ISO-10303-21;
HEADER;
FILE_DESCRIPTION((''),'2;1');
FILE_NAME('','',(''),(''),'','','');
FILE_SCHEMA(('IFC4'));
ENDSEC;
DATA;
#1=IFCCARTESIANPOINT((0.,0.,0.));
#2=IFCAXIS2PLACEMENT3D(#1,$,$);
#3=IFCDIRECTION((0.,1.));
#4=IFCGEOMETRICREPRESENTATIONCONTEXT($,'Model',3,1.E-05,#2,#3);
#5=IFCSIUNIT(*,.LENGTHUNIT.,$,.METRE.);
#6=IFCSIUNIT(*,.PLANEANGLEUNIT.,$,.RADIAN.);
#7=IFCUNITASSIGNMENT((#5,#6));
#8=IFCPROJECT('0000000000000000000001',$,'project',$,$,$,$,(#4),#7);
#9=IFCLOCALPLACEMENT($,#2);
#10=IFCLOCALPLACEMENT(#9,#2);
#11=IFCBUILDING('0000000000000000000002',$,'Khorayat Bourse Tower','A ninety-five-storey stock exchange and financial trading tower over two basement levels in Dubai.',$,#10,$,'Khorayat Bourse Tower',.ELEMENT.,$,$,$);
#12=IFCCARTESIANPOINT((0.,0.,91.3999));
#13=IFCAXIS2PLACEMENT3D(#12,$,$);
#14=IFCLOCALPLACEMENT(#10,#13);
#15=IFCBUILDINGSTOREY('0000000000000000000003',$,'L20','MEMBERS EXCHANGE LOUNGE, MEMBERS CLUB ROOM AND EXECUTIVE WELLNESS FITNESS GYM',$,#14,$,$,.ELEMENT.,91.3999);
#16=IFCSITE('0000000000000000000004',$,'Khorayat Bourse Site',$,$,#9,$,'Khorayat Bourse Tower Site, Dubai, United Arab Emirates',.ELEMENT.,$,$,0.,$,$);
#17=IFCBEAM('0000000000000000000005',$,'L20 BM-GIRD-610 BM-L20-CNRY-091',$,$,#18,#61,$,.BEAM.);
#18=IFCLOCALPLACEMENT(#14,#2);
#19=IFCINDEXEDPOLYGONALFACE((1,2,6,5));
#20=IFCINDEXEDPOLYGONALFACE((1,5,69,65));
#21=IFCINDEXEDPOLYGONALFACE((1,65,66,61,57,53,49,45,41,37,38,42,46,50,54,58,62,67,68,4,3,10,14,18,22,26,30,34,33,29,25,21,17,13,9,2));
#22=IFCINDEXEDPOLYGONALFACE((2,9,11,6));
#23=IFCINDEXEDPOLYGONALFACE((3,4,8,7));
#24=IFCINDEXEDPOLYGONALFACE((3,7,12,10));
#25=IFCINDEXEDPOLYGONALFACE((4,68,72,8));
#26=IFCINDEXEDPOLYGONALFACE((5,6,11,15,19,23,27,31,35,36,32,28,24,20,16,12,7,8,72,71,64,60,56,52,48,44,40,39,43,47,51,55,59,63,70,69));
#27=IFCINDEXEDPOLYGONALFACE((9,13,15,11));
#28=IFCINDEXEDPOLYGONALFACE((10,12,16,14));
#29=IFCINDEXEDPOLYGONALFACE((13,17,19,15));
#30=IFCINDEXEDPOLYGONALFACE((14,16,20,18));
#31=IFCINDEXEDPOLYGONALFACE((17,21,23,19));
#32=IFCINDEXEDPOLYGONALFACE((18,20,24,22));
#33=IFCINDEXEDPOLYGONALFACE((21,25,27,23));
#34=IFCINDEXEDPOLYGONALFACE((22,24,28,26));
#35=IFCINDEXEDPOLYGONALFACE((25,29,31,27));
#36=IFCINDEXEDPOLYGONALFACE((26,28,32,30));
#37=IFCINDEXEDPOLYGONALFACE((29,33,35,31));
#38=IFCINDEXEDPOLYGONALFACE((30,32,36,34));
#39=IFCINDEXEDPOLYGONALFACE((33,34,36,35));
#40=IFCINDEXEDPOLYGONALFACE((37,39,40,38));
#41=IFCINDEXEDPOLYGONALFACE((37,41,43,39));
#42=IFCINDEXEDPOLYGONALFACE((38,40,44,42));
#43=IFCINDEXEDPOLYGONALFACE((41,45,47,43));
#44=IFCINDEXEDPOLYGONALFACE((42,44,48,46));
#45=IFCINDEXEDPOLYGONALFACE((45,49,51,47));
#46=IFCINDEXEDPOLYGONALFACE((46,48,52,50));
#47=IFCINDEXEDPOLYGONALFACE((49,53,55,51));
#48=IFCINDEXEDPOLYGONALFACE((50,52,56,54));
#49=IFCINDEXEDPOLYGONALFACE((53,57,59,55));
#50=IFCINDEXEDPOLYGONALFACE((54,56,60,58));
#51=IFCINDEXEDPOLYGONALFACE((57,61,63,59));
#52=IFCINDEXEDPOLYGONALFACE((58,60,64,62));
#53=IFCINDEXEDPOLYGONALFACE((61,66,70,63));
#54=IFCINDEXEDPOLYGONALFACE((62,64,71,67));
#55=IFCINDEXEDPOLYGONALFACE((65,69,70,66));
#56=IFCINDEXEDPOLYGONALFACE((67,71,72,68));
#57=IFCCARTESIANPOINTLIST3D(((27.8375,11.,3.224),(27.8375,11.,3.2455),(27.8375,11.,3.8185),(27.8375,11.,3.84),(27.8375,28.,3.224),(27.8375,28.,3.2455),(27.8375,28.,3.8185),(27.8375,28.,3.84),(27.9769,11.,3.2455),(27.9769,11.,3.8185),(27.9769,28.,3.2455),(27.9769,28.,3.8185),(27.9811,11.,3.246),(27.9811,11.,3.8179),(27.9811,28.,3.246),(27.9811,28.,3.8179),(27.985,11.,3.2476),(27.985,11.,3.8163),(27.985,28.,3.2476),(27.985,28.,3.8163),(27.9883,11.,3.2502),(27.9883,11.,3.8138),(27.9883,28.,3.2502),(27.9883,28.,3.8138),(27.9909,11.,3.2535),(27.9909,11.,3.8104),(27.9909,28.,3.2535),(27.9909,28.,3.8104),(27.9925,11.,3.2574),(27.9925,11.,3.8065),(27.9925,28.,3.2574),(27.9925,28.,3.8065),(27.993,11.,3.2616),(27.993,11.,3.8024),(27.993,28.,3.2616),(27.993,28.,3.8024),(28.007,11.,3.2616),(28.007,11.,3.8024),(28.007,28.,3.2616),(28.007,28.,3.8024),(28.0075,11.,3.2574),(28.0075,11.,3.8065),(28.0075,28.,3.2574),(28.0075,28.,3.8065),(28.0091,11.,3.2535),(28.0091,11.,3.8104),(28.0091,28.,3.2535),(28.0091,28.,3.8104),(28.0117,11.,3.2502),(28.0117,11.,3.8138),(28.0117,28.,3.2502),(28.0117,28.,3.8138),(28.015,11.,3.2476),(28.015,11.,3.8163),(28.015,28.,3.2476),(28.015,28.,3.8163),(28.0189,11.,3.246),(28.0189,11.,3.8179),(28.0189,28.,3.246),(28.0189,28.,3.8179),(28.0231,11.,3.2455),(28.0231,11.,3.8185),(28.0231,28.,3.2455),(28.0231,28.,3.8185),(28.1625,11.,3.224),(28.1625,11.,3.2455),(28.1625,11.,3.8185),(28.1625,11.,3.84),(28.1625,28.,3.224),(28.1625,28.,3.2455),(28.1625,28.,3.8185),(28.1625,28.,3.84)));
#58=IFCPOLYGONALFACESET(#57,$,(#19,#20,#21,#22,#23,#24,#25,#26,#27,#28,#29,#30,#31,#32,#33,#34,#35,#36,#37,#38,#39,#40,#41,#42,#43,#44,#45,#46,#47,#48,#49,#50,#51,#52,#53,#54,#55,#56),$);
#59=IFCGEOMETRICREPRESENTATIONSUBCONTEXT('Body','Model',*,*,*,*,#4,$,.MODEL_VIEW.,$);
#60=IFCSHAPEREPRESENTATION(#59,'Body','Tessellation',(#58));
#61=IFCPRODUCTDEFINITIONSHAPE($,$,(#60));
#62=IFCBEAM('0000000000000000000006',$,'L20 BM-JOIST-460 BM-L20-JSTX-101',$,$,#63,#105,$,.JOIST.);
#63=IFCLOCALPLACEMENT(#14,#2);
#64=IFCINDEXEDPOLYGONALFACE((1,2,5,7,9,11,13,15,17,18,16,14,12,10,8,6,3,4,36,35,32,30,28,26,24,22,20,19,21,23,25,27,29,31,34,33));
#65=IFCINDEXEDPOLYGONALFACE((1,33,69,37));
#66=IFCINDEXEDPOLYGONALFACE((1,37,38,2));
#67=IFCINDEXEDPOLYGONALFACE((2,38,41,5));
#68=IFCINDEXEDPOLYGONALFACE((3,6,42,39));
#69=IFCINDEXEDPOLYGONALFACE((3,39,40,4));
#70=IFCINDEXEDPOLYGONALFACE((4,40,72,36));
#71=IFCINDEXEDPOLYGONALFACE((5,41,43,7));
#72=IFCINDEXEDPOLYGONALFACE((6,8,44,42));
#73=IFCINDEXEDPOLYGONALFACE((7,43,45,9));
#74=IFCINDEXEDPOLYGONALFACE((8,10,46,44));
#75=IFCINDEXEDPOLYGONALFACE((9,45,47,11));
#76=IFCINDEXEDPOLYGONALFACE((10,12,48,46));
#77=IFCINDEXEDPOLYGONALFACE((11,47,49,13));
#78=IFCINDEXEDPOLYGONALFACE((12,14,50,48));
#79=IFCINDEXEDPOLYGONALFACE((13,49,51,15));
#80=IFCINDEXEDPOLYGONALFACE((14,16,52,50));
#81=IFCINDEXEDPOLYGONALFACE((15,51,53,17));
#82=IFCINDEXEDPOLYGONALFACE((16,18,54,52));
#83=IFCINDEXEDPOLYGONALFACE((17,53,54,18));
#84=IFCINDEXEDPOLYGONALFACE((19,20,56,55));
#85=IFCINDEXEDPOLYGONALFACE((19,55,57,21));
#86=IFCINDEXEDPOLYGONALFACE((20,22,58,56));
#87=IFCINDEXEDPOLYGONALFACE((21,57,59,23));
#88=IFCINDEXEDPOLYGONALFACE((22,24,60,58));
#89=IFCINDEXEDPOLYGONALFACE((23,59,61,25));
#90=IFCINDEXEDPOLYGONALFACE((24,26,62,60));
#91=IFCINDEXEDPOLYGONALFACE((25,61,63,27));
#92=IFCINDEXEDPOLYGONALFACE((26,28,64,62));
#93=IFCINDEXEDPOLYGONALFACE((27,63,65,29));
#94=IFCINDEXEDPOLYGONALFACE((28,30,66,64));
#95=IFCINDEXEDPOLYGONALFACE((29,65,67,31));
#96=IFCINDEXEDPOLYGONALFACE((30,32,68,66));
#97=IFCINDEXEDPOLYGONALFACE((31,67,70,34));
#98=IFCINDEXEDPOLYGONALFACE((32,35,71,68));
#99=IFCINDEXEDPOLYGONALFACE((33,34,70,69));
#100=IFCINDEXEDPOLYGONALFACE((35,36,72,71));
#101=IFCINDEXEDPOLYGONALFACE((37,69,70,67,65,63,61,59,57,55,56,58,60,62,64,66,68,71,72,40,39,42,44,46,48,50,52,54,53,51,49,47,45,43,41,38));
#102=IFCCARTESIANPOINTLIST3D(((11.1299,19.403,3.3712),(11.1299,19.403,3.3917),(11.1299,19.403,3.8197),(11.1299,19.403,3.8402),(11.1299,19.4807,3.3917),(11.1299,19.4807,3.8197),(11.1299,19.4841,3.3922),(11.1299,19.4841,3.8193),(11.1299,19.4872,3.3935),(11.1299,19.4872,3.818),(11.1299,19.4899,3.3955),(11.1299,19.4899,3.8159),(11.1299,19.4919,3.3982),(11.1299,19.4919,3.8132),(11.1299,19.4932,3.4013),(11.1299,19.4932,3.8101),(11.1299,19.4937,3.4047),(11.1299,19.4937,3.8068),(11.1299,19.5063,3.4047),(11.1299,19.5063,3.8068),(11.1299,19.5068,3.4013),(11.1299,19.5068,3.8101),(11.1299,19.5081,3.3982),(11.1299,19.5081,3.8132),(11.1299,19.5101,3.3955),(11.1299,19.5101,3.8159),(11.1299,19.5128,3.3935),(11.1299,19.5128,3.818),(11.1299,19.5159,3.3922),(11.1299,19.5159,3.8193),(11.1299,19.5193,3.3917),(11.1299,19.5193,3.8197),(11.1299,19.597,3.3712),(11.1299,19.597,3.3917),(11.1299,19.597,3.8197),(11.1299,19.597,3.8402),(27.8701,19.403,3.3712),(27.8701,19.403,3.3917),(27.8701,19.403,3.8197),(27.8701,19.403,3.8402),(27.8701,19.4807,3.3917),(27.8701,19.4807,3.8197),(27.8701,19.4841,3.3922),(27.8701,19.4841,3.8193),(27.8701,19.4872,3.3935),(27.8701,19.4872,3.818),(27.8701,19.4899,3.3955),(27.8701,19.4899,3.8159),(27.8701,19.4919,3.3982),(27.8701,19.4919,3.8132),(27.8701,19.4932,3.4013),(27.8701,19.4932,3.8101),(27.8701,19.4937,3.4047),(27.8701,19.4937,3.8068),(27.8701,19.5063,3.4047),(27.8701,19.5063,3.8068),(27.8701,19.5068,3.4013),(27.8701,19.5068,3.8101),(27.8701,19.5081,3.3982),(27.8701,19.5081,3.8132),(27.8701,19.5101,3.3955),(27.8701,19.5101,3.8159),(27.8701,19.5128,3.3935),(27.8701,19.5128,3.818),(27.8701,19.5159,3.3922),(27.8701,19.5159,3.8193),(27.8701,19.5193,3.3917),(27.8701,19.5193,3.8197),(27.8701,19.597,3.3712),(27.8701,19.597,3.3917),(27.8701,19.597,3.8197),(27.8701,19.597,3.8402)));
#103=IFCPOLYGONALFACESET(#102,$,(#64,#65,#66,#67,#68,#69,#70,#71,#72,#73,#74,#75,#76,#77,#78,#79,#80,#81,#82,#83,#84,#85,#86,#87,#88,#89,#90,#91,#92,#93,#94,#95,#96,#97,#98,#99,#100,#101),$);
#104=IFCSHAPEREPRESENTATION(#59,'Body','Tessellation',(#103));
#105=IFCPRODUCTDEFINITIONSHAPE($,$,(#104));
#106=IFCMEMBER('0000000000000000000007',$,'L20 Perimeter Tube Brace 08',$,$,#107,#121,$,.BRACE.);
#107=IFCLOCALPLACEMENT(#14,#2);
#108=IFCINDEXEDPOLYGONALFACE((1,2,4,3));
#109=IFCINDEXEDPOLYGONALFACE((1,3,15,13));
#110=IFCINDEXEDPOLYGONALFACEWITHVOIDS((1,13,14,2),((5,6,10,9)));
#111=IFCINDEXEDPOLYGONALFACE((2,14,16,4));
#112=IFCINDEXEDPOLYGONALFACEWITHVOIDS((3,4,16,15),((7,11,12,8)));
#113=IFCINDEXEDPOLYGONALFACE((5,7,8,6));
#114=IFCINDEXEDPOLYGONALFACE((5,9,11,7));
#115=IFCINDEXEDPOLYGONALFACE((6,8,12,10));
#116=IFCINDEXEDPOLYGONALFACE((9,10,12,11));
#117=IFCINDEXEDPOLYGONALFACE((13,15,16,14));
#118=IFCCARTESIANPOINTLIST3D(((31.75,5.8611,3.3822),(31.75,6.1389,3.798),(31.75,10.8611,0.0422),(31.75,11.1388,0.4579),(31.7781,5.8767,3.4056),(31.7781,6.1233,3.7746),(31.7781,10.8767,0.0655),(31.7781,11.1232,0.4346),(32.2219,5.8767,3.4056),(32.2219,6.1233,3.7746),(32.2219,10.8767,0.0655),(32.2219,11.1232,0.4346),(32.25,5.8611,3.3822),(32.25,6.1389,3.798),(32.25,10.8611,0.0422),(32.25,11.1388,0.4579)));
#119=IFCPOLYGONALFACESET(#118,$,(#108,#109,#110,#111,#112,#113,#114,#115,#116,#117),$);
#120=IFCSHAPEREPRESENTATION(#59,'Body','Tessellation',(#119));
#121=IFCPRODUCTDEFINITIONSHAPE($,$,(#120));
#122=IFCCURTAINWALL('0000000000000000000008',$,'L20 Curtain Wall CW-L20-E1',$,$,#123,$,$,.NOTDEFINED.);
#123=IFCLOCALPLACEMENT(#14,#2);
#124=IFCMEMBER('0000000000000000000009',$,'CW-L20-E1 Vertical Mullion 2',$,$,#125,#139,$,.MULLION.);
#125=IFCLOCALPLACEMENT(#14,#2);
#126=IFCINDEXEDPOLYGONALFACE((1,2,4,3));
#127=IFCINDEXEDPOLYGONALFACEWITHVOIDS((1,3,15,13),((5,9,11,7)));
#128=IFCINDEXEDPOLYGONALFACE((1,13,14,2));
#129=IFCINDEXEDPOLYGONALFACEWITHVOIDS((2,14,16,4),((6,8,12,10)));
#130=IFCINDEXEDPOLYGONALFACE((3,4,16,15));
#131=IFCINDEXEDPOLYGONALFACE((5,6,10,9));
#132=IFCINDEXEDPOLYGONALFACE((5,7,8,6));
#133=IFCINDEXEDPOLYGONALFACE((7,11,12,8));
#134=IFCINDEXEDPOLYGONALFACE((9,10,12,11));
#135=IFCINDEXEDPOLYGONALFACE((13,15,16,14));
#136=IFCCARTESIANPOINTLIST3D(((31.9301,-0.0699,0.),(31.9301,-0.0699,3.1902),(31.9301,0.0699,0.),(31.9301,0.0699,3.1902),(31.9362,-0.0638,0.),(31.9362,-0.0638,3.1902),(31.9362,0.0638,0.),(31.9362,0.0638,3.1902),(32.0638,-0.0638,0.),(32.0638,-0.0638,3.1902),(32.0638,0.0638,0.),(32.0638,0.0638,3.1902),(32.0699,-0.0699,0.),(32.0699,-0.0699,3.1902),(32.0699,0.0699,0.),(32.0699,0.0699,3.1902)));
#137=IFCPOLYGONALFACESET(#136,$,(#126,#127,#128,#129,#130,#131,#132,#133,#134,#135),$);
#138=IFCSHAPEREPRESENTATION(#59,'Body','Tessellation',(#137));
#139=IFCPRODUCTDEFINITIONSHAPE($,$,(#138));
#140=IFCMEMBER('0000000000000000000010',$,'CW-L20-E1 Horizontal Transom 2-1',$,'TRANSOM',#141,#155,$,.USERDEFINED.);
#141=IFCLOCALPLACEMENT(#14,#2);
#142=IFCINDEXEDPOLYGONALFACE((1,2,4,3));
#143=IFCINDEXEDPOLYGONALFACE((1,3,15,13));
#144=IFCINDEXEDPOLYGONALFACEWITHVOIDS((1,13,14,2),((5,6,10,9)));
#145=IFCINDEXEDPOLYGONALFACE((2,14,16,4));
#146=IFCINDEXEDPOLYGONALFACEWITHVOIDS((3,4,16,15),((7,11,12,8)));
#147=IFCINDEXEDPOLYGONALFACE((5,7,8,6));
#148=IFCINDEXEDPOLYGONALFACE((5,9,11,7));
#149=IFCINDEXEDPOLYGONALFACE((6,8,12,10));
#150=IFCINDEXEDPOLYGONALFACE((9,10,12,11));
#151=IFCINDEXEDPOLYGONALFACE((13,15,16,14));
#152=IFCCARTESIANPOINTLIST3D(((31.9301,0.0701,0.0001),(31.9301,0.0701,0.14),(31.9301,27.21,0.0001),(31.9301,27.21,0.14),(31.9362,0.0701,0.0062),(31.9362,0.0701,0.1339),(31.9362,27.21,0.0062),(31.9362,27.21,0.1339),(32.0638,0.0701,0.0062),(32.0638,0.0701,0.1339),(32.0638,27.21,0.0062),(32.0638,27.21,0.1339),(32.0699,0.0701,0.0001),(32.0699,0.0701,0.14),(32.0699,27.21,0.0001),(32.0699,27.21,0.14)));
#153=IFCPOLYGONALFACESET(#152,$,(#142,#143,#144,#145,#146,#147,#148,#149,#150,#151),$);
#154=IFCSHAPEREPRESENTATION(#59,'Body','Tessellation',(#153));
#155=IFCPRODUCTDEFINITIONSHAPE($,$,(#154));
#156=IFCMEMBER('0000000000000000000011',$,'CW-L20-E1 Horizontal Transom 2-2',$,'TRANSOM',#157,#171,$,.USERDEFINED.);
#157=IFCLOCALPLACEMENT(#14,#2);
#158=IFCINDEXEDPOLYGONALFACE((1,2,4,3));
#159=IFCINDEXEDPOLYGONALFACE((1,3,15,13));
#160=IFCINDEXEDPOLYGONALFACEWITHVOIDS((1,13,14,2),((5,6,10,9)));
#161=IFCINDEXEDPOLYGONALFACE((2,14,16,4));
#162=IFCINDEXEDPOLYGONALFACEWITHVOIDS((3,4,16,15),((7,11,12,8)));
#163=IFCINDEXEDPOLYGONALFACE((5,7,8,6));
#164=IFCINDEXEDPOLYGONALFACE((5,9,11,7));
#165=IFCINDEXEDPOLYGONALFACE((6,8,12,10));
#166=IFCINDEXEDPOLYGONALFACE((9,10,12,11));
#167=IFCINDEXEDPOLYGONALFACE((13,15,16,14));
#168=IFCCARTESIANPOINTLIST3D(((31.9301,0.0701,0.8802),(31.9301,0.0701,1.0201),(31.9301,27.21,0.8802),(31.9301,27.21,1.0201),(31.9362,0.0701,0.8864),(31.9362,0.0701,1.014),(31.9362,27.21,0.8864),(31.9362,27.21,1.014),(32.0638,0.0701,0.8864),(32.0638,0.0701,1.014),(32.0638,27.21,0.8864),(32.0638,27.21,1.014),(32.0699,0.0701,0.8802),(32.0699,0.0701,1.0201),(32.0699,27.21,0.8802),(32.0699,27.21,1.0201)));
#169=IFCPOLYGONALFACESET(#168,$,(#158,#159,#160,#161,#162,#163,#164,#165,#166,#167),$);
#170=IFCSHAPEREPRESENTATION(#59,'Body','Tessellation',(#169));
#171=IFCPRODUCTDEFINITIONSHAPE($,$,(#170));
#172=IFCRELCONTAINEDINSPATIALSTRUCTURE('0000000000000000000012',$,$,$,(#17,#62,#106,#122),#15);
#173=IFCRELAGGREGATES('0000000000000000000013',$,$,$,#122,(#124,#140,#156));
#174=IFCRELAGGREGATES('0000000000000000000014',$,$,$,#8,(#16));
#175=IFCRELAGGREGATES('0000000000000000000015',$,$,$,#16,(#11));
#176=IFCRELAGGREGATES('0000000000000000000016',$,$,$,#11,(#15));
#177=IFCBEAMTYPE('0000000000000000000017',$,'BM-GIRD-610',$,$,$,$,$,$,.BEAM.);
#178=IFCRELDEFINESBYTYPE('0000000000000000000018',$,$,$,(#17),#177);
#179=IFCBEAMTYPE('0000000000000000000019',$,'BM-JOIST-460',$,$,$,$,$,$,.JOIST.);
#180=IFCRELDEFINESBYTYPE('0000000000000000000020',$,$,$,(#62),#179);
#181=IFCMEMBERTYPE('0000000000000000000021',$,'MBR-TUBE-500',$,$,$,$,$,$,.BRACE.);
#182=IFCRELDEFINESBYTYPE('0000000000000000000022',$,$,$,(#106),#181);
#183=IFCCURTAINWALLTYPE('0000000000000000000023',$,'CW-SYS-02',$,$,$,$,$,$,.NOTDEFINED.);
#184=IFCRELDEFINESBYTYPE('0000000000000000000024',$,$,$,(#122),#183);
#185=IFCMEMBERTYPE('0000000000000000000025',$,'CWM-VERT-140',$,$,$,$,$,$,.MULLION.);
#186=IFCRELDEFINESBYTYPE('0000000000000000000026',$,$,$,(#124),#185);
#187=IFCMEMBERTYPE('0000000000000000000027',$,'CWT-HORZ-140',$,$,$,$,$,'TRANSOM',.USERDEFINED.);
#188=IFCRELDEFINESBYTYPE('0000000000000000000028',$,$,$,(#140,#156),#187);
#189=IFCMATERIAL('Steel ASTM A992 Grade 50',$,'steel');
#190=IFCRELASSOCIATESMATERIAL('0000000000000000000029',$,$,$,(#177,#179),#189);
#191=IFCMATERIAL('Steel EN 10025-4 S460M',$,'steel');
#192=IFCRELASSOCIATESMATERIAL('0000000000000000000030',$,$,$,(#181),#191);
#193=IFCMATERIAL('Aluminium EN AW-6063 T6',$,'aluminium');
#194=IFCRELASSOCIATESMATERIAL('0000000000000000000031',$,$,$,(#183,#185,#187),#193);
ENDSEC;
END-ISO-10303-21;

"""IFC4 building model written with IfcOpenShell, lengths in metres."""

from ifc_helpers import new_model, si_unit, direction, frame, origin, origin_2d, place, context, subcontext, project, spatial, hollow_rectangle, i_section, extrude, source, transform, mapped, material, material_profile, profile_set, type_object, element, aggregate, save


model = new_model("IFC4")

# Units and contexts
model_context = context("Model", 3, precision=1e-05, world=origin(), true_north=direction((0.0, 1.0)))
body_context = subcontext(model_context, "Body", "Model", "MODEL_VIEW")
ifc_project = project(units=[si_unit("LENGTHUNIT", "METRE"), si_unit("PLANEANGLEUNIT", "RADIAN")], contexts=[model_context])

# Site, building, storey
site_placement = place(None, origin())
site = spatial("IfcSite", under=ifc_project, at=site_placement, Name="Khorayat Bourse Site", LongName="Khorayat Bourse Tower Site, Dubai, United Arab Emirates", CompositionType="ELEMENT", RefElevation=0.0)
building_placement = place(site_placement, origin())
building = spatial("IfcBuilding", under=site, at=building_placement, Name="Khorayat Bourse Tower", Description="A ninety-five-storey stock exchange and financial trading tower over two basement levels in Dubai.", LongName="Khorayat Bourse Tower", CompositionType="ELEMENT")
storey_placement = place(building_placement, frame((0.0, 0.0, 91.3999)))
storey = spatial("IfcBuildingStorey", under=building, at=storey_placement, Name="L20", Description="MEMBERS EXCHANGE LOUNGE, MEMBERS CLUB ROOM AND EXECUTIVE WELLNESS FITNESS GYM", CompositionType="ELEMENT", Elevation=91.3999)

# Shared definitions
ifc_material_1 = material(Name="Steel EN 10025-4 S460M", Category="steel")

# Beams
ifc_material_2 = material(Name="Steel ASTM A992 Grade 50", Category="steel")
ifc_material_profile_1 = material_profile(ifc_material_2, i_section(OverallWidth=0.325, OverallDepth=0.616, WebThickness=0.0139, FlangeThickness=0.0215, FilletRadius=0.0161, at=origin_2d()), Name="W610X174")
ifc_profile_set_1 = profile_set([ifc_material_profile_1], Name="Steel ASTM A992 Grade 50")
beam_type_1 = type_object("IfcBeamType", Name="BM-GIRD-610", PredefinedType="BEAM", material=ifc_profile_set_1)
ifc_material_profile_2 = material_profile(ifc_material_2, i_section(OverallWidth=0.1941, OverallDepth=0.469, WebThickness=0.0127, FlangeThickness=0.0205, FilletRadius=0.0129, at=origin_2d()), Name="W460X106")
ifc_profile_set_2 = profile_set([ifc_material_profile_2], Name="Steel ASTM A992 Grade 50")
beam_type_2 = type_object("IfcBeamType", Name="BM-JOIST-460", PredefinedType="JOIST", material=ifc_profile_set_2)
shared_shape_1 = source(origin(), body_context, "Body", "SweptSolid", [
    extrude(i_section(OverallWidth=0.325, OverallDepth=0.616, WebThickness=0.0139, FlangeThickness=0.0215, FilletRadius=0.0161, at=origin_2d()), origin(), (0.0, 0.0, 1.0), 17.0),
])
beam_1_placement = place(storey_placement, frame((28.0, 11.0, 3.532), z_axis=(0.0, 1.0, 0.0), x_axis=(-1.0, 0.0, 0.0)))
element("IfcBeam", 1, at=beam_1_placement, inside=storey, type_object=beam_type_1, Name="L20 BM-GIRD-610 BM-L20-CNRY-091", PredefinedType="BEAM", context=body_context, shape_type="MappedRepresentation", body=[
    mapped(shared_shape_1, transform((0.0, 0.0, 0.0), scale=1.0)),
])
shared_shape_2 = source(origin(), body_context, "Body", "SweptSolid", [
    extrude(i_section(OverallWidth=0.1941, OverallDepth=0.469, WebThickness=0.0127, FlangeThickness=0.0205, FilletRadius=0.0129, at=origin_2d()), origin(), (0.0, 0.0, 1.0), 16.7402),
])
beam_2_placement = place(storey_placement, frame((11.1299, 19.5, 3.6057), z_axis=(1.0, 0.0, 0.0), x_axis=(0.0, 1.0, 0.0)))
element("IfcBeam", 2, at=beam_2_placement, inside=storey, type_object=beam_type_2, Name="L20 BM-JOIST-460 BM-L20-JSTX-101", PredefinedType="JOIST", context=body_context, shape_type="MappedRepresentation", body=[
    mapped(shared_shape_2, transform((0.0, 0.0, 0.0), scale=1.0)),
])

# Member
ifc_material_profile_3 = material_profile(ifc_material_1, hollow_rectangle(XDim=0.5, YDim=0.5, WallThickness=0.0281, at=origin_2d()), Name="HSS 500x500x28")
ifc_profile_set_3 = profile_set([ifc_material_profile_3], Name="Steel EN 10025-4 S460M")
member_type_1 = type_object("IfcMemberType", Name="MBR-TUBE-500", PredefinedType="BRACE", material=ifc_profile_set_3)
shared_shape_3 = source(origin(), body_context, "Body", "SweptSolid", [
    extrude(hollow_rectangle(XDim=0.5, YDim=0.5, WallThickness=0.0281, at=origin_2d()), origin(), (0.0, 0.0, 1.0), 6.0129),
])
member_1_placement = place(storey_placement, frame((32.0, 6.0, 3.5901), z_axis=(0.0, 0.831531, -0.555478), x_axis=(-1.0, 0.0, 0.0)))
element("IfcMember", 3, at=member_1_placement, inside=storey, type_object=member_type_1, Name="L20 Perimeter Tube Brace 08", PredefinedType="BRACE", context=body_context, shape_type="MappedRepresentation", body=[
    mapped(shared_shape_3, transform((0.0, 0.0, 0.0), scale=1.0)),
])

# Curtain wall, members
ifc_material_3 = material(Name="Aluminium EN AW-6063 T6", Category="aluminium")
curtain_wall_type = type_object("IfcCurtainWallType", Name="CW-SYS-02", PredefinedType="NOTDEFINED", material=ifc_material_3)
curtain_wall_placement = place(storey_placement, origin())
curtain_wall = element("IfcCurtainWall", 4, at=curtain_wall_placement, inside=storey, type_object=curtain_wall_type, Name="L20 Curtain Wall CW-L20-E1", PredefinedType="NOTDEFINED")
ifc_material_profile_4 = material_profile(ifc_material_3, hollow_rectangle(XDim=0.1399, YDim=0.1399, WallThickness=0.0061, at=origin_2d()), Name="ALU 140x140x6")
ifc_profile_set_4 = profile_set([ifc_material_profile_4], Name="Aluminium EN AW-6063 T6")
member_type_2 = type_object("IfcMemberType", Name="CWM-VERT-140", PredefinedType="MULLION", material=ifc_profile_set_4)
shared_shape_4 = source(origin(), body_context, "Body", "SweptSolid", [
    extrude(hollow_rectangle(XDim=0.1399, YDim=0.1399, WallThickness=0.0061, at=origin_2d()), origin(), (0.0, 0.0, 1.0), 3.1902),
])
member_2_placement = place(storey_placement, frame((32.0, 0.0, 0.0), z_axis=(0.0, 0.0, 1.0), x_axis=(-1.0, 0.0, 0.0)))
member_2 = element("IfcMember", 5, at=member_2_placement, type_object=member_type_2, Name="CW-L20-E1 Vertical Mullion 2", PredefinedType="MULLION", context=body_context, shape_type="MappedRepresentation", body=[
    mapped(shared_shape_4, transform((0.0, 0.0, 0.0), scale=1.0)),
])
ifc_material_profile_5 = material_profile(ifc_material_3, hollow_rectangle(XDim=0.1399, YDim=0.1399, WallThickness=0.0061, at=origin_2d()), Name="ALU 140x140x6")
ifc_profile_set_5 = profile_set([ifc_material_profile_5], Name="Aluminium EN AW-6063 T6")
member_type_3 = type_object("IfcMemberType", Name="CWT-HORZ-140", ElementType="TRANSOM", PredefinedType="USERDEFINED", material=ifc_profile_set_5)
shared_shape_5 = source(origin(), body_context, "Body", "SweptSolid", [
    extrude(hollow_rectangle(XDim=0.1399, YDim=0.1399, WallThickness=0.0061, at=origin_2d()), origin(), (0.0, 0.0, 1.0), 27.1399),
])
member_3_placement = place(storey_placement, frame((32.0, 0.0701, 0.0701), z_axis=(0.0, 1.0, 0.0), x_axis=(-1.0, 0.0, 0.0)))
member_3 = element("IfcMember", 6, at=member_3_placement, type_object=member_type_3, Name="CW-L20-E1 Horizontal Transom 2-1", ObjectType="TRANSOM", PredefinedType="USERDEFINED", context=body_context, shape_type="MappedRepresentation", body=[
    mapped(shared_shape_5, transform((0.0, 0.0, 0.0), scale=1.0)),
])
member_4_placement = place(storey_placement, frame((32.0, 0.0701, 0.9502), z_axis=(0.0, 1.0, 0.0), x_axis=(-1.0, 0.0, 0.0)))
member_4 = element("IfcMember", 7, at=member_4_placement, type_object=member_type_3, Name="CW-L20-E1 Horizontal Transom 2-2", ObjectType="TRANSOM", PredefinedType="USERDEFINED", context=body_context, shape_type="MappedRepresentation", body=[
    mapped(shared_shape_5, transform((0.0, 0.0, 0.0), scale=1.0)),
])

aggregate(curtain_wall, [member_2, member_3, member_4])

save(model, "model.ifc")
